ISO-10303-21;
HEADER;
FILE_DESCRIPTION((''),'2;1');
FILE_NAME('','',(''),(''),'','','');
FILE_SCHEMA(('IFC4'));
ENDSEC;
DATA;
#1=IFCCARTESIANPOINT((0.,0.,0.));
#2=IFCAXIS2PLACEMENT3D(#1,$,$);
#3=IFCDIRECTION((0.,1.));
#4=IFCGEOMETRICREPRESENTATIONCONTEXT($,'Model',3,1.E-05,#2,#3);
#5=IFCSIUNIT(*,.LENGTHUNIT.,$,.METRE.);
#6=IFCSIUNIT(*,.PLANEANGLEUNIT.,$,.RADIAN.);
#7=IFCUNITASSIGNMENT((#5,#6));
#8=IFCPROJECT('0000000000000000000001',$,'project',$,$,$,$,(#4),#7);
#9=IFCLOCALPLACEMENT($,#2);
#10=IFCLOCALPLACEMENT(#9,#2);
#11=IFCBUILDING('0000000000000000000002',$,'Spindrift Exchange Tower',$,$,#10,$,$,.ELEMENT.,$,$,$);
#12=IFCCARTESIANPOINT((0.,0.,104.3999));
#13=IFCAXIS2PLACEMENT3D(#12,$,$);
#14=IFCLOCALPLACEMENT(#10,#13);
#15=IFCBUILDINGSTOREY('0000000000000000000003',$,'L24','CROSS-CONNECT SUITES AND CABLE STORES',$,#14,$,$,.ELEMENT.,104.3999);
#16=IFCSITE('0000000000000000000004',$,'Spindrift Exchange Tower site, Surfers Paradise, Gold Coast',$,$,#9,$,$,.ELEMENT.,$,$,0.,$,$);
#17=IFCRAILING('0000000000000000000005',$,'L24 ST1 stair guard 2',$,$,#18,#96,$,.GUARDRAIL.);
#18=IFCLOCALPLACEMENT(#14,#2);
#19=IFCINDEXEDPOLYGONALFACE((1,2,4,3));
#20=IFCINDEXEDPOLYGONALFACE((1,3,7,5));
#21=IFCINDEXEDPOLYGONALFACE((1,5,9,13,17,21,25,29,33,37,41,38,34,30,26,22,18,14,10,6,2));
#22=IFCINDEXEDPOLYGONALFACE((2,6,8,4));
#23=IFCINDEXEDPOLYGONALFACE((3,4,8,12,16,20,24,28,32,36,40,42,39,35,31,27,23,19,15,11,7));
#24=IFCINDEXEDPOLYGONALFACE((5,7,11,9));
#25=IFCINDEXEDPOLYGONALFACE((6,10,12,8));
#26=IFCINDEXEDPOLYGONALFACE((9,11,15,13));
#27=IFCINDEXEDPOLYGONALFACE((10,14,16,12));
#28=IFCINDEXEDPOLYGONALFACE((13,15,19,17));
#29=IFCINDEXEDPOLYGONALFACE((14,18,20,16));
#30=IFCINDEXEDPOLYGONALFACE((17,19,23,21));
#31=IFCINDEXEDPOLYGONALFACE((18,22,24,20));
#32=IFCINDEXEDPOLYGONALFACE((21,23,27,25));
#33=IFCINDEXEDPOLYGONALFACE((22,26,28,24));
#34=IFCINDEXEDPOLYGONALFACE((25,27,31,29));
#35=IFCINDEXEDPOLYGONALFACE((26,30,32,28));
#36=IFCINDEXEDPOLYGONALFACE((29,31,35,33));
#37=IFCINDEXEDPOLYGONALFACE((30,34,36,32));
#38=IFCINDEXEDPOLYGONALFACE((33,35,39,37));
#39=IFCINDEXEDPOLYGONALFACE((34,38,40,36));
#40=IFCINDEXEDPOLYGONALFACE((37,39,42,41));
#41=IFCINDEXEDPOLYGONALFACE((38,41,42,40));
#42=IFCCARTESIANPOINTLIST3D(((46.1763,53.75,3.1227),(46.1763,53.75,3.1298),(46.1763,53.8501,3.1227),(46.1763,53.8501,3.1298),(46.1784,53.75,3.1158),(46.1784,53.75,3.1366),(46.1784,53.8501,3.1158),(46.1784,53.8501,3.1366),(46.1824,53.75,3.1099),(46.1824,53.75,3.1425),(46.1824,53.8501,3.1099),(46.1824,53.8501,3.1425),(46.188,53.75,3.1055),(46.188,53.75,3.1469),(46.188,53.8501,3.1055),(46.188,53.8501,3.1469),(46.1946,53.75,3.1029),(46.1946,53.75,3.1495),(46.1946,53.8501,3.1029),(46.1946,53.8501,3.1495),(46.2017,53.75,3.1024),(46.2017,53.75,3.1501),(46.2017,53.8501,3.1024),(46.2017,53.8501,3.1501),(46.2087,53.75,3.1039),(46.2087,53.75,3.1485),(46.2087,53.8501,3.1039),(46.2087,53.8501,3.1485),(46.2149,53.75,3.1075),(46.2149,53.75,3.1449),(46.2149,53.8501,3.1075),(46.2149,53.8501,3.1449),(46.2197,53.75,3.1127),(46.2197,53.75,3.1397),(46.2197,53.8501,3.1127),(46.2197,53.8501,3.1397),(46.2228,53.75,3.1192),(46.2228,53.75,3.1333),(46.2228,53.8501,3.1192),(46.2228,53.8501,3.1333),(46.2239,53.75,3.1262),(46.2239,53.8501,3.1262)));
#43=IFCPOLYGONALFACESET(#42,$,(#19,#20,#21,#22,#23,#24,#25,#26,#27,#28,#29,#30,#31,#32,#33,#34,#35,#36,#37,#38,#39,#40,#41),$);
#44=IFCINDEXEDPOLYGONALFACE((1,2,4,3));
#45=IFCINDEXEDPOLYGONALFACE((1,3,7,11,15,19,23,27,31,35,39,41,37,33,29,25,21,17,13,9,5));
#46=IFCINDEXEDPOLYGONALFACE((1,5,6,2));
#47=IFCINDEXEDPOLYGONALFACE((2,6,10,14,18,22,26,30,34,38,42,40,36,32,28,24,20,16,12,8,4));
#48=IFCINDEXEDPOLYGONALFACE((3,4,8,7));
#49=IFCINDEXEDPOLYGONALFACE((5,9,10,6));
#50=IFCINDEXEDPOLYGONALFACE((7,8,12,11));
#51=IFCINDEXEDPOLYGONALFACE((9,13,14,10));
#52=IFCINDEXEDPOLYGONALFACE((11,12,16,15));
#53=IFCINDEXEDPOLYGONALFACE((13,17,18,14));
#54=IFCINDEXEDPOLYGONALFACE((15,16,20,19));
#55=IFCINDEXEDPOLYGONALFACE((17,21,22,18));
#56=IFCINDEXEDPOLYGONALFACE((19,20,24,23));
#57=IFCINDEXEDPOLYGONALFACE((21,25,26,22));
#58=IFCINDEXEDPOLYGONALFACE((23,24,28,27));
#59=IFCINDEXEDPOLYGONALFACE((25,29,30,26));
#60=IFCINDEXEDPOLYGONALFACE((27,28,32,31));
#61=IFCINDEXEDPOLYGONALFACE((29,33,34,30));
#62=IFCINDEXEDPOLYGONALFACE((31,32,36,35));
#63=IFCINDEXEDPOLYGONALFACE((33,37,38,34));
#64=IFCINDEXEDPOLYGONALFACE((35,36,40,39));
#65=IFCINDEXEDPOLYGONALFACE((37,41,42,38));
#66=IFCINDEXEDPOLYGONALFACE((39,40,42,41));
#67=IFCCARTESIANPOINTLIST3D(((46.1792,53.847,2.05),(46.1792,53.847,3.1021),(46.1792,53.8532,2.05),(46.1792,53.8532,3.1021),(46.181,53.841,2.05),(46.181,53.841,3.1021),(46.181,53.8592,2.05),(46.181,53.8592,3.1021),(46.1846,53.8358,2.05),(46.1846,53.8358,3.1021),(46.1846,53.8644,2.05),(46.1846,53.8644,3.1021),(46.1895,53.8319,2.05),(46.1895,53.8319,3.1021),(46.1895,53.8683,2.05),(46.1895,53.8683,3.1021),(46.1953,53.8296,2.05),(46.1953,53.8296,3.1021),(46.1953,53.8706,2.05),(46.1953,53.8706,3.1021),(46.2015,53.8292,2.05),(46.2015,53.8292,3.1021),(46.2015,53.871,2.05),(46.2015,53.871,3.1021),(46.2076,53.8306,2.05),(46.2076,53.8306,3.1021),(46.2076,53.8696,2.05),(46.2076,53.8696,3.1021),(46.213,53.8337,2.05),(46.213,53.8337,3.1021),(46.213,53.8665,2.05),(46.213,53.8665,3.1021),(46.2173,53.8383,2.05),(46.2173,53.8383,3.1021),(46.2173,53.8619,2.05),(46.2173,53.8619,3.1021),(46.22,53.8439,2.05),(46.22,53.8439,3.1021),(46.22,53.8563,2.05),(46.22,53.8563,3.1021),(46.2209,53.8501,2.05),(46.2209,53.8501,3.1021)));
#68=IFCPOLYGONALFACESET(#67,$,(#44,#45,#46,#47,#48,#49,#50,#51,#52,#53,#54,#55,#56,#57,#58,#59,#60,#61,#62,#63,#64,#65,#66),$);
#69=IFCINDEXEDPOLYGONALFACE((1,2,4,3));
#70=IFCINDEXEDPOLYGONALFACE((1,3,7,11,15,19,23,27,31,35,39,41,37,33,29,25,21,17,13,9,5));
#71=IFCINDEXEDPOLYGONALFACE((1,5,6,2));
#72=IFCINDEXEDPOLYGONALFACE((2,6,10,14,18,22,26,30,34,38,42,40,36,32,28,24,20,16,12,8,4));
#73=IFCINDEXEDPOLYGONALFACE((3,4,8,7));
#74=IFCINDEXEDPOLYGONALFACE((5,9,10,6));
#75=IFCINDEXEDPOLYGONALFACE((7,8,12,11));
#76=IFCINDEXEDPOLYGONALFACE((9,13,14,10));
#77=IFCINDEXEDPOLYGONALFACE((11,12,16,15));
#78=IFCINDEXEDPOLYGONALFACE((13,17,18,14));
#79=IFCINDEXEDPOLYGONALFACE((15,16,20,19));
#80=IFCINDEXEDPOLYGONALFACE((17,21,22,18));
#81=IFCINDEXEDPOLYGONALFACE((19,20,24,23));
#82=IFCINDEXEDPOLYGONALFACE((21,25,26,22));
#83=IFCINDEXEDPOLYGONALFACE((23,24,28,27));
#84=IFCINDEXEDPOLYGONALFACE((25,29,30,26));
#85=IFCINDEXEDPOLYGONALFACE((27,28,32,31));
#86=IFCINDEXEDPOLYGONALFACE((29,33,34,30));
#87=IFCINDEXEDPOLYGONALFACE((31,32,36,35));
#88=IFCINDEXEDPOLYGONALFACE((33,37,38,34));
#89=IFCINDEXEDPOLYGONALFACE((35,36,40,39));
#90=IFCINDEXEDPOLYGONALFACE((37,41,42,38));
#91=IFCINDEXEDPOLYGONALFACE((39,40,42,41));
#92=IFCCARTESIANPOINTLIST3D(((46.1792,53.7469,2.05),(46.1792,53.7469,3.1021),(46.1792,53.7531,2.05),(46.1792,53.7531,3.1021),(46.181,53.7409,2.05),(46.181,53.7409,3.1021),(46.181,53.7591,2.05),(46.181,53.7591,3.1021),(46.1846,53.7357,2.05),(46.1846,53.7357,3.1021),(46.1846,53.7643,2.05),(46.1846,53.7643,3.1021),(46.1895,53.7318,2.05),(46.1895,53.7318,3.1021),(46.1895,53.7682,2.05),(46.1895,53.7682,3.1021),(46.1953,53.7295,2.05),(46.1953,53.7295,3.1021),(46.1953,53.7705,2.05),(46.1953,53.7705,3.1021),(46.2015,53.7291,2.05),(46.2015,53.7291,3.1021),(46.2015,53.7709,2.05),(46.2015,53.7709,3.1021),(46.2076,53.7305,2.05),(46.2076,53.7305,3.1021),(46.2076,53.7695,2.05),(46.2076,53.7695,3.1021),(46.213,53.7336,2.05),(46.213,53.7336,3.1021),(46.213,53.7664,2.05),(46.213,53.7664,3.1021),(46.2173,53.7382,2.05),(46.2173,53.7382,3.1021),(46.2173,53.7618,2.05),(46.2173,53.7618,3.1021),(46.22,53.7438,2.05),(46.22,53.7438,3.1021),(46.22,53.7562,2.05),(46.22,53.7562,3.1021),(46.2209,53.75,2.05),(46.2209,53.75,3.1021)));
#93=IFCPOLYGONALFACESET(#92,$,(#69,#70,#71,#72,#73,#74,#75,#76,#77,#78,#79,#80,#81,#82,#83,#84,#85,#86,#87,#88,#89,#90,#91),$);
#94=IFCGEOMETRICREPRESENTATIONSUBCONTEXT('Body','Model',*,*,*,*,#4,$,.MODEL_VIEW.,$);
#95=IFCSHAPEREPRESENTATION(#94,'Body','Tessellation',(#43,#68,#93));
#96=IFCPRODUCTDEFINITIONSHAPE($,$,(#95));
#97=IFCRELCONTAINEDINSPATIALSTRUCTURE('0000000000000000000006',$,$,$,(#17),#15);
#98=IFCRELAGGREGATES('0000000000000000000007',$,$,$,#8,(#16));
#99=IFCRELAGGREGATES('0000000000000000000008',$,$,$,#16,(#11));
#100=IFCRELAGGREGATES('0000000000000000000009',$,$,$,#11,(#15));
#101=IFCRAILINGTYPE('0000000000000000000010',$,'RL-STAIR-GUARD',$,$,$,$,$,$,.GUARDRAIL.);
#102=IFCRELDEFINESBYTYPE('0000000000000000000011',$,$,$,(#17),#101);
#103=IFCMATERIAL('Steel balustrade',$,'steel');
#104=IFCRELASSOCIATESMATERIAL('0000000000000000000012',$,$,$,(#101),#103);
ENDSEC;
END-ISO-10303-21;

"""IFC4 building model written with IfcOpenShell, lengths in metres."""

from ifc_helpers import new_model, si_unit, direction, frame, origin, origin_2d, place, context, subcontext, project, spatial, circle, extrude, material, type_object, element, save


model = new_model("IFC4")

# Units and contexts
model_context = context("Model", 3, precision=1e-05, world=origin(), true_north=direction((0.0, 1.0)))
body_context = subcontext(model_context, "Body", "Model", "MODEL_VIEW")
ifc_project = project(units=[si_unit("LENGTHUNIT", "METRE"), si_unit("PLANEANGLEUNIT", "RADIAN")], contexts=[model_context])

# Site, building, storey
site_placement = place(None, origin())
site = spatial("IfcSite", under=ifc_project, at=site_placement, Name="Spindrift Exchange Tower site, Surfers Paradise, Gold Coast", CompositionType="ELEMENT", RefElevation=0.0)
building_placement = place(site_placement, origin())
building = spatial("IfcBuilding", under=site, at=building_placement, Name="Spindrift Exchange Tower", CompositionType="ELEMENT")
storey_placement = place(building_placement, frame((0.0, 0.0, 104.3999)))
storey = spatial("IfcBuildingStorey", under=building, at=storey_placement, Name="L24", Description="CROSS-CONNECT SUITES AND CABLE STORES", CompositionType="ELEMENT", Elevation=104.3999)

# Railing
ifc_material_1 = material(Name="Steel balustrade", Category="steel")
railing_type_1 = type_object("IfcRailingType", Name="RL-STAIR-GUARD", PredefinedType="GUARDRAIL", material=ifc_material_1)
railing_1_placement = place(storey_placement, frame((46.2, 53.8501, 2.05)))
element("IfcRailing", 1, at=railing_1_placement, inside=storey, type_object=railing_type_1, Name="L24 ST1 stair guard 2", PredefinedType="GUARDRAIL", context=body_context, shape_type="SweptSolid", body=[
    extrude(circle(Radius=0.0239, at=origin_2d()), frame((0.0, 0.0, 1.0762), z_axis=(0.0, -1.0, 0.0), x_axis=(1.0, 0.0, 0.0)), (0.0, 0.0, 1.0), 0.1001),
    extrude(circle(Radius=0.021, at=origin_2d()), origin(), (0.0, 0.0, 1.0), 1.052),
    extrude(circle(Radius=0.021, at=origin_2d()), frame((0.0, -0.1001, 0.0)), (0.0, 0.0, 1.0), 1.052),
])

save(model, "model.ifc")
